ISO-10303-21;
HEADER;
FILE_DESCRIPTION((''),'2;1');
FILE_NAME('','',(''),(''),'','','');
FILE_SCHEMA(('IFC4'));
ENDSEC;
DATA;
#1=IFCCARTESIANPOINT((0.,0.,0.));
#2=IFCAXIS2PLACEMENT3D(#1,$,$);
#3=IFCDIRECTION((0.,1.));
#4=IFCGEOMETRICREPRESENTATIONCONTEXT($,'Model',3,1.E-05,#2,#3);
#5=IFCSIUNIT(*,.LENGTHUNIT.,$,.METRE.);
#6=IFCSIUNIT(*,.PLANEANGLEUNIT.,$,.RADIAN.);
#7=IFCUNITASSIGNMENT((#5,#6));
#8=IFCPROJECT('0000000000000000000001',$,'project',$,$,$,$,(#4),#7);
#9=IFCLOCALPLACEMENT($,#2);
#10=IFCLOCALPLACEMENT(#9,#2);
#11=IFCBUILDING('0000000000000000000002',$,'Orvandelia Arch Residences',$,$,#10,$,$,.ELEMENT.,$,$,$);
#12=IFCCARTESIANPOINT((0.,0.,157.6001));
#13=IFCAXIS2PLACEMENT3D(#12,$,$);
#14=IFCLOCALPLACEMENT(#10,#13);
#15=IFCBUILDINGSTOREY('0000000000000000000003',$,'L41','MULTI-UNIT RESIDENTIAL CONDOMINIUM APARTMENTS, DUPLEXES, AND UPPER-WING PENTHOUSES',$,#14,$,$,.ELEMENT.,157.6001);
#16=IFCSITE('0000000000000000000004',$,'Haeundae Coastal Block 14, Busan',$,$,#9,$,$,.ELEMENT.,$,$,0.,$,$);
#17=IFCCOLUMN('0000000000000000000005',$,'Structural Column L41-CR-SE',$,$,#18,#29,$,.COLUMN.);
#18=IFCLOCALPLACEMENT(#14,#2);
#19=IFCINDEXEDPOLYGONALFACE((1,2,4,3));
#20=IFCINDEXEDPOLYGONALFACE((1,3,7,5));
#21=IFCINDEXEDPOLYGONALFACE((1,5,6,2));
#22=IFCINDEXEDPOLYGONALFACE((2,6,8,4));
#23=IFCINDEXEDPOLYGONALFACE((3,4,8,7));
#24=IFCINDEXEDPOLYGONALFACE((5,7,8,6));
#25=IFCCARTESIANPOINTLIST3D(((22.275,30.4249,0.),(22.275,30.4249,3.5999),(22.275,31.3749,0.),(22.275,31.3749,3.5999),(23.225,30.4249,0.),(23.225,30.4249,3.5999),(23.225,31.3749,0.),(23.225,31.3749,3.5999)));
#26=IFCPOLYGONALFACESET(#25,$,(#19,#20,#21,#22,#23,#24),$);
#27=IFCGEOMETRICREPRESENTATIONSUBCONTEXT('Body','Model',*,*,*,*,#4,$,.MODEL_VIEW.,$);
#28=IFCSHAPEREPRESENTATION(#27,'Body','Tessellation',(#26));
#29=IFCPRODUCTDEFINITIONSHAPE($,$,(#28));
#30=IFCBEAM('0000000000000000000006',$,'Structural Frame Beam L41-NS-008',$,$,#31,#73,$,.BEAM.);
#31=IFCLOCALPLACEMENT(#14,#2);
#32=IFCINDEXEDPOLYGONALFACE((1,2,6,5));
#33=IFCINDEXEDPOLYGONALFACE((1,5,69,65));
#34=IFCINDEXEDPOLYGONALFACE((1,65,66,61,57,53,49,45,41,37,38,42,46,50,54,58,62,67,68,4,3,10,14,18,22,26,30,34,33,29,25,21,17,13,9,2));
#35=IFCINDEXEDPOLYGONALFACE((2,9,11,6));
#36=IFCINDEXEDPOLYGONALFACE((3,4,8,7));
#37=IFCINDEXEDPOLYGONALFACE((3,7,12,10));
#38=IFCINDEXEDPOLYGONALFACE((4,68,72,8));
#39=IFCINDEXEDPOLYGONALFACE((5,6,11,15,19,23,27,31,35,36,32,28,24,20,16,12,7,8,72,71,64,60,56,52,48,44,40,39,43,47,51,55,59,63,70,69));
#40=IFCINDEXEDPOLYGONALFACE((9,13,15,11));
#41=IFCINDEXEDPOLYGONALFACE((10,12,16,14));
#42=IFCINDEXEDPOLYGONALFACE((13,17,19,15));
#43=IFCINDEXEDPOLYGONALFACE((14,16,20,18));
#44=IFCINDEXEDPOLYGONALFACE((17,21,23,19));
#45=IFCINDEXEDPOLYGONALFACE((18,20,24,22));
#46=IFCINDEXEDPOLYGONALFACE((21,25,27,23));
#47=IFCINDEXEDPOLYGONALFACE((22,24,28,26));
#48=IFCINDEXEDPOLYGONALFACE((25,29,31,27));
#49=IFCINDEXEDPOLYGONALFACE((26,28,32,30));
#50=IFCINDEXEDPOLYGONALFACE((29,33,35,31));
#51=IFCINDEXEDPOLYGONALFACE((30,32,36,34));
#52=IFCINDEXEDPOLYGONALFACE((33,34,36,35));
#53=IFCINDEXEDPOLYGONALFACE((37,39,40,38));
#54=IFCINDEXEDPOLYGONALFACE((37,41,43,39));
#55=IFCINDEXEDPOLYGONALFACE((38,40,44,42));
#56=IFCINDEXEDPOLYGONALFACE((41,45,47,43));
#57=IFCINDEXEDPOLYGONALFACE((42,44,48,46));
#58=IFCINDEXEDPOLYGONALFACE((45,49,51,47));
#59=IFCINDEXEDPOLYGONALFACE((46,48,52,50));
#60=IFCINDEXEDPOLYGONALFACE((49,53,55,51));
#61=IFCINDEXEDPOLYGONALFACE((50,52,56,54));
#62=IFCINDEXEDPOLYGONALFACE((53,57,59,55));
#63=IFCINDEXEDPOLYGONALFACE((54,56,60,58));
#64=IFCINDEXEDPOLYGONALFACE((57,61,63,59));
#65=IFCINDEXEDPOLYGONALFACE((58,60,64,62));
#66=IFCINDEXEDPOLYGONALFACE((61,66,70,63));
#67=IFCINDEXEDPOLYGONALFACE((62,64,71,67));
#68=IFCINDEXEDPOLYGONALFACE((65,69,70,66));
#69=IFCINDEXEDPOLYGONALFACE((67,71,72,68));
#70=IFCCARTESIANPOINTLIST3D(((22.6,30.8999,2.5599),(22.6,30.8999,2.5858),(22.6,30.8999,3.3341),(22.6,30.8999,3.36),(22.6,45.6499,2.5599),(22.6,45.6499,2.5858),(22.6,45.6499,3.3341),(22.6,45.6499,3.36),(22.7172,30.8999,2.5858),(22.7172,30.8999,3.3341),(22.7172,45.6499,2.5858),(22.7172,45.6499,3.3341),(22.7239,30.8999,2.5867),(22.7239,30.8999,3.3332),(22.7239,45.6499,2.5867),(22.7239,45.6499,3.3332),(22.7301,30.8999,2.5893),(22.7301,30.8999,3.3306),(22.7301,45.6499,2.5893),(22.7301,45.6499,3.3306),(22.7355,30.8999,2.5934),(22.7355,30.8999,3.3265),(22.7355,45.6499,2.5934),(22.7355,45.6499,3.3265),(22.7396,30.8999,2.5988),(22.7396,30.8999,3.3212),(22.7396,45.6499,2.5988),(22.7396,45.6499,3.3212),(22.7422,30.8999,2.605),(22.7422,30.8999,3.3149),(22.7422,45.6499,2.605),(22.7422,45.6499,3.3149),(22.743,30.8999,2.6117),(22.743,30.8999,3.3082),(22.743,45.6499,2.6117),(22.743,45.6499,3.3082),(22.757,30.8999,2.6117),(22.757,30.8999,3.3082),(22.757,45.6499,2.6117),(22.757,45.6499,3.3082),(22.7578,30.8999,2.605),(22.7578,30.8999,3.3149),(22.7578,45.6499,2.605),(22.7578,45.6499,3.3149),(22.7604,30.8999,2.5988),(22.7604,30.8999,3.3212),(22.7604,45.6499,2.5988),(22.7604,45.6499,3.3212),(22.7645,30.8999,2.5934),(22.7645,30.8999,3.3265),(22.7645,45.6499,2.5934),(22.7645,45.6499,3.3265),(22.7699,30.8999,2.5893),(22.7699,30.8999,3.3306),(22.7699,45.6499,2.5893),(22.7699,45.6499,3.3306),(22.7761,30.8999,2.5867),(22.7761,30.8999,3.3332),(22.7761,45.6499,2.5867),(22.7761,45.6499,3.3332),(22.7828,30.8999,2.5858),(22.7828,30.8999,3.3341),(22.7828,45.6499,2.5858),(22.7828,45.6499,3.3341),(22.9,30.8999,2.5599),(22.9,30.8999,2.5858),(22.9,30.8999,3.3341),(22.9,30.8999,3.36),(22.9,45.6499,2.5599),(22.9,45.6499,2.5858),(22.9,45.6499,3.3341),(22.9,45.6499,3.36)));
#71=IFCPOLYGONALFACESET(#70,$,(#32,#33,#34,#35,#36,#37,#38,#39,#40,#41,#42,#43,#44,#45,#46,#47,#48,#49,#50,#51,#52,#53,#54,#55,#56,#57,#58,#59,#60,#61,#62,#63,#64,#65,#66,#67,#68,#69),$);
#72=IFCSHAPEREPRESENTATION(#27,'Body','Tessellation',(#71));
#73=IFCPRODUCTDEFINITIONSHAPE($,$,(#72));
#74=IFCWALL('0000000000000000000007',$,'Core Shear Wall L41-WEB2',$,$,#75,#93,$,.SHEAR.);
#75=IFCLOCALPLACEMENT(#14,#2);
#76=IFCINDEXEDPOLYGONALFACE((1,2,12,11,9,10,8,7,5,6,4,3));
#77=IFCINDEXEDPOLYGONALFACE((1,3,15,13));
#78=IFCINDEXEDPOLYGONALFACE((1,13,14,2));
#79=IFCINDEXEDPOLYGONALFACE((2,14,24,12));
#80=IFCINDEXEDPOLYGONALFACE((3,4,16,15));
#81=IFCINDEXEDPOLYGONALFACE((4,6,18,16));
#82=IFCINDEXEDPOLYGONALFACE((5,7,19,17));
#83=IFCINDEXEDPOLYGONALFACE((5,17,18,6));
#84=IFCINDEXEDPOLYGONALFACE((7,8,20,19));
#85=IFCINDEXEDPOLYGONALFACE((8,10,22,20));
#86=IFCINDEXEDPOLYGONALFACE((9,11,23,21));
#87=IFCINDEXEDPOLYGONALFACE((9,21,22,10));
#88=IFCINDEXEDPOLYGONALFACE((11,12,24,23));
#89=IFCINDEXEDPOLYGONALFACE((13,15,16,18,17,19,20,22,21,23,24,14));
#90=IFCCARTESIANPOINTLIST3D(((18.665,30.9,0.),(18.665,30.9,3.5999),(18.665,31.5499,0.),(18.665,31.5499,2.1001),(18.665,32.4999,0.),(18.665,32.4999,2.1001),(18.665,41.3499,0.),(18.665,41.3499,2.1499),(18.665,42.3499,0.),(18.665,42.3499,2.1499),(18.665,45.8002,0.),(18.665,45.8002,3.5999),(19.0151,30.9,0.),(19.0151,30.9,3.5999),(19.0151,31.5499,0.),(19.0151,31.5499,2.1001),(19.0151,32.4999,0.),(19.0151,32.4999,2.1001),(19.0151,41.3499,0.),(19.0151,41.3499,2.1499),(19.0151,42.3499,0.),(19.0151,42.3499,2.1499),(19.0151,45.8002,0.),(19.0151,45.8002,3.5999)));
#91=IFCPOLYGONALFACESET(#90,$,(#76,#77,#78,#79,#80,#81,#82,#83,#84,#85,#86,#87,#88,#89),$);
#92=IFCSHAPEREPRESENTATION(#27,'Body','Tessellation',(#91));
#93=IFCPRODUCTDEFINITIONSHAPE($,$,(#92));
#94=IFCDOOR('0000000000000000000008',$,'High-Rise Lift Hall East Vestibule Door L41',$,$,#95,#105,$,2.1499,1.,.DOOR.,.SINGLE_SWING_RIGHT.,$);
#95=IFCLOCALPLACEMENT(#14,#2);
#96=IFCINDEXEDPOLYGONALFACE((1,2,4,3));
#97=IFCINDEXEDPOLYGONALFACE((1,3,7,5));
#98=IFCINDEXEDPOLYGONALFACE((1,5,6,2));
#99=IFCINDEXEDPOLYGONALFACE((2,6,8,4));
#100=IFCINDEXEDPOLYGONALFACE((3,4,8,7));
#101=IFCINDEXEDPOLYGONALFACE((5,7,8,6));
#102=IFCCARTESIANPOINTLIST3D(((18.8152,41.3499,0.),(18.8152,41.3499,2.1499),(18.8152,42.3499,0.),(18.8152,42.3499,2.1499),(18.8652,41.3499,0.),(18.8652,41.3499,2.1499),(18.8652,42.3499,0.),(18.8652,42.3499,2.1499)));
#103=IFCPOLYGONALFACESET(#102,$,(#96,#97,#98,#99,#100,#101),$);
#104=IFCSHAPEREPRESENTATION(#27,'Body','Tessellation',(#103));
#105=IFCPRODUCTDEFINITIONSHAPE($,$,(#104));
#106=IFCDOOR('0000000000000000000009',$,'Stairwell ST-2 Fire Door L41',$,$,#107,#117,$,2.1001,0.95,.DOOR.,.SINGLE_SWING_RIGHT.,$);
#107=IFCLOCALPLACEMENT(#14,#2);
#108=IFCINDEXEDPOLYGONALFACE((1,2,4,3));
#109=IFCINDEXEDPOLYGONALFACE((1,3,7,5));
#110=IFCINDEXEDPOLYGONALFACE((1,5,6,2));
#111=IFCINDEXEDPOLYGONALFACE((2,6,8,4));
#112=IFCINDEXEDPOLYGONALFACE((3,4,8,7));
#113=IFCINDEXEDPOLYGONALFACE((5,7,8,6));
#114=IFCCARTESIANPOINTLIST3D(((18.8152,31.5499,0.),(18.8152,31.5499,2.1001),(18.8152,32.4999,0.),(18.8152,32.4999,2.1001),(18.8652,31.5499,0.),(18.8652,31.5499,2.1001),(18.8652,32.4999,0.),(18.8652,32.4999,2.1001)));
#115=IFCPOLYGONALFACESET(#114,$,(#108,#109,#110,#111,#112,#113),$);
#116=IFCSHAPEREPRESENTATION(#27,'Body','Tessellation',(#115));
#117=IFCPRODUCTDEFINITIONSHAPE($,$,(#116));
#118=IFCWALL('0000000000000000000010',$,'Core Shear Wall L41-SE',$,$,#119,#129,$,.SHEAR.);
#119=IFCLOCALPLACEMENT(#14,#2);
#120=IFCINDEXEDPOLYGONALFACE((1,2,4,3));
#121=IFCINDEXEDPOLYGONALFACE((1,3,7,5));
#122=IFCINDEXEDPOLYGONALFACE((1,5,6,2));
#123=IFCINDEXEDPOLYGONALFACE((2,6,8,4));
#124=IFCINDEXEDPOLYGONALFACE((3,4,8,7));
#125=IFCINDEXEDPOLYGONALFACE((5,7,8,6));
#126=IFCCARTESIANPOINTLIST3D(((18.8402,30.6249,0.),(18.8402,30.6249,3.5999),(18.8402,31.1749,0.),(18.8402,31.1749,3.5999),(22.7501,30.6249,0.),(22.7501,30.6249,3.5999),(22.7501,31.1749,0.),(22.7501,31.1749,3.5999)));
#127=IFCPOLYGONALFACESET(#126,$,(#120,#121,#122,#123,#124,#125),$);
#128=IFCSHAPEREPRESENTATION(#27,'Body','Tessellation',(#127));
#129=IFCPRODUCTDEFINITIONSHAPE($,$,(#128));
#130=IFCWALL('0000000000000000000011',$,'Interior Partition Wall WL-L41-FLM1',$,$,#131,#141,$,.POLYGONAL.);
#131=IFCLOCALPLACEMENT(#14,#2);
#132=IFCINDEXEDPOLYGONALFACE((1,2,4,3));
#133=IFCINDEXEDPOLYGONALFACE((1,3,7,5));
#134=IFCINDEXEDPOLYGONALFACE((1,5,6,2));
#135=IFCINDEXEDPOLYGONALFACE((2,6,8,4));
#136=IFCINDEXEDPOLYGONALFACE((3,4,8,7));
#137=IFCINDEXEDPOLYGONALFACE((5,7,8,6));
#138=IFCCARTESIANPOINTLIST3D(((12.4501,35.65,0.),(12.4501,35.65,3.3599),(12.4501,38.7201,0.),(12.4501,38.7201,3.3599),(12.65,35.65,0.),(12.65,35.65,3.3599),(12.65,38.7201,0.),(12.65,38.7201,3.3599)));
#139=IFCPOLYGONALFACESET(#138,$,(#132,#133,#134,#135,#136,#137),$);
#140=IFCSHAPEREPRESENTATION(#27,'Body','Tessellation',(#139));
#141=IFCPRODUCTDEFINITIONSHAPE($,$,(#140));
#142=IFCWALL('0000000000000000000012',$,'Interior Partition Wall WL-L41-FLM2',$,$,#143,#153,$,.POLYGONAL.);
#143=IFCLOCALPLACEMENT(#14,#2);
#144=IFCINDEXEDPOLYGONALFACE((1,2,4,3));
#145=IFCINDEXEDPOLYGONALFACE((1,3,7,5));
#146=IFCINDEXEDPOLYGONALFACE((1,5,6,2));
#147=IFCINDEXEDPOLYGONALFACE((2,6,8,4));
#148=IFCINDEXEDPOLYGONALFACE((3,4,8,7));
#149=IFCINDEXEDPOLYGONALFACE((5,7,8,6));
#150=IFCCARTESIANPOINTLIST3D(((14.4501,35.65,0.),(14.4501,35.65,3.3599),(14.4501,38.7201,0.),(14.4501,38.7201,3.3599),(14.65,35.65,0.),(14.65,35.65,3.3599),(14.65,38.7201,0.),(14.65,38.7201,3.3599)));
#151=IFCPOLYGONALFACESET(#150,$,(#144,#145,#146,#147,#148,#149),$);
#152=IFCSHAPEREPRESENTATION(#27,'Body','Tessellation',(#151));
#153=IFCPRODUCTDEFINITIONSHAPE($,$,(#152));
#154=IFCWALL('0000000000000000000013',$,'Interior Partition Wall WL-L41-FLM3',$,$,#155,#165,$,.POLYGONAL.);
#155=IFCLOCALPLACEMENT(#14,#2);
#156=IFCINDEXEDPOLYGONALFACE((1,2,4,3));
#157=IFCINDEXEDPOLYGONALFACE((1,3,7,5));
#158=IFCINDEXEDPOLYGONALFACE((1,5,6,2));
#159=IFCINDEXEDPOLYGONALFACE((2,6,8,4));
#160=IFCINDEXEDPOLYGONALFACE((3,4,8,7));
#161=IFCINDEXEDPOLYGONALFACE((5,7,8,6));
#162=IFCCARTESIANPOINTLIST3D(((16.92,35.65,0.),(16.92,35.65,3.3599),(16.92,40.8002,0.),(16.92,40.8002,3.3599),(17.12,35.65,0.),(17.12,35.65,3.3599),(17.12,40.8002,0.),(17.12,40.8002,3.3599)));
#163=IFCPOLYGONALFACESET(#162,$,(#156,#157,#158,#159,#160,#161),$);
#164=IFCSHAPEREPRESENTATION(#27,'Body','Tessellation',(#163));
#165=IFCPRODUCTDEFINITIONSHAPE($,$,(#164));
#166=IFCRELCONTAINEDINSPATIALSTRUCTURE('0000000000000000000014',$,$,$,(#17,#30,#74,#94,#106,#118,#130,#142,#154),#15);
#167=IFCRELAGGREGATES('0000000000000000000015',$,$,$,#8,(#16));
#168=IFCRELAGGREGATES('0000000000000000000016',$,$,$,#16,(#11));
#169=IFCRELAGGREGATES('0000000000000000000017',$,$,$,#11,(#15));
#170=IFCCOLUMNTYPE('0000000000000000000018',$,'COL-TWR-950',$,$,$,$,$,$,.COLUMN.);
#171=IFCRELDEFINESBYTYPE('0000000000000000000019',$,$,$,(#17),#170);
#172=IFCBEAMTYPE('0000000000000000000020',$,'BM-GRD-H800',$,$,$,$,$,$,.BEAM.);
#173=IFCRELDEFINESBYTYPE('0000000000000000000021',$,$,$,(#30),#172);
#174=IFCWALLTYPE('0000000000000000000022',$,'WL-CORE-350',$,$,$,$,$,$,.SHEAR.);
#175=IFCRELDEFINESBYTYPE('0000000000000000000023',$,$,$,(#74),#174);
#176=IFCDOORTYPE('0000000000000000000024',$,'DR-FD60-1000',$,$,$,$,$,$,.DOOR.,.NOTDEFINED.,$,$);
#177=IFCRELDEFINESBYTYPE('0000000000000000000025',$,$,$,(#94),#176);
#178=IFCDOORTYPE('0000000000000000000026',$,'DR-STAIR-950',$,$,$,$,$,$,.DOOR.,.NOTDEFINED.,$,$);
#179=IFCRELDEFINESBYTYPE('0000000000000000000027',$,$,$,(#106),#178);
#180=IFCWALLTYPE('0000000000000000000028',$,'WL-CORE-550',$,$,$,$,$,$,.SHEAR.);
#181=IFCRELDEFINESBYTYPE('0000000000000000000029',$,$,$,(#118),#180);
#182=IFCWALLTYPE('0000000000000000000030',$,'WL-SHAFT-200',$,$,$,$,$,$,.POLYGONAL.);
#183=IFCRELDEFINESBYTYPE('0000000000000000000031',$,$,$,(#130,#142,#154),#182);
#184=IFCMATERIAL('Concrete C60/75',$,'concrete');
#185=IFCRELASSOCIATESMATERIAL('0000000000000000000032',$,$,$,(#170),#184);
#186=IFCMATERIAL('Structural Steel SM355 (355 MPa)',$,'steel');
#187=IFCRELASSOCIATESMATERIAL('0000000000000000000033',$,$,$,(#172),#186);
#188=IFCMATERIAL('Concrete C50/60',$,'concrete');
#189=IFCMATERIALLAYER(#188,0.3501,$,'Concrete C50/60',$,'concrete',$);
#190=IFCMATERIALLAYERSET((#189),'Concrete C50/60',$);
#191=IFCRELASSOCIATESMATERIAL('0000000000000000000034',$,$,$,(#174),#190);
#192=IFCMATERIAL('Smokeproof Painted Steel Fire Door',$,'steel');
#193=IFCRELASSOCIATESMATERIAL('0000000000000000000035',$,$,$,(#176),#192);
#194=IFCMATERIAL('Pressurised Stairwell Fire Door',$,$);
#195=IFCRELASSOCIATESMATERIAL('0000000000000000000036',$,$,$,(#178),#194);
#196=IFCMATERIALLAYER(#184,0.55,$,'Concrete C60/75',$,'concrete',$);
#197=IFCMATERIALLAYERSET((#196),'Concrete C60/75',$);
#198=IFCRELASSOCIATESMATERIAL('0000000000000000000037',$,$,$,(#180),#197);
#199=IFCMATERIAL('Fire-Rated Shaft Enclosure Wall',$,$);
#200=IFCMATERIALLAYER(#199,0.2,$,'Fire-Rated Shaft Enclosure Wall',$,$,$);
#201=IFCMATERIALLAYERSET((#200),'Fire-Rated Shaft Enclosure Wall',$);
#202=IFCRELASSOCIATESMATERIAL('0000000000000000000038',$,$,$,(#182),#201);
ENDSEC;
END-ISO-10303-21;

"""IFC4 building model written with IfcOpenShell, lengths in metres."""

from ifc_helpers import new_model, si_unit, direction, frame, frame_2d, origin, origin_2d, place, context, subcontext, project, spatial, rectangle, i_section, extrude, material, layer, layer_set, material_profile, profile_set, type_object, element, fill, save


model = new_model("IFC4")

# Units and contexts
model_context = context("Model", 3, precision=1e-05, world=origin(), true_north=direction((0.0, 1.0)))
body_context = subcontext(model_context, "Body", "Model", "MODEL_VIEW")
ifc_project = project(units=[si_unit("LENGTHUNIT", "METRE"), si_unit("PLANEANGLEUNIT", "RADIAN")], contexts=[model_context])

# Site, building, storey
site_placement = place(None, origin())
site = spatial("IfcSite", under=ifc_project, at=site_placement, Name="Haeundae Coastal Block 14, Busan", CompositionType="ELEMENT", RefElevation=0.0)
building_placement = place(site_placement, origin())
building = spatial("IfcBuilding", under=site, at=building_placement, Name="Orvandelia Arch Residences", CompositionType="ELEMENT")
storey_placement = place(building_placement, frame((0.0, 0.0, 157.6001)))
storey = spatial("IfcBuildingStorey", under=building, at=storey_placement, Name="L41", Description="MULTI-UNIT RESIDENTIAL CONDOMINIUM APARTMENTS, DUPLEXES, AND UPPER-WING PENTHOUSES", CompositionType="ELEMENT", Elevation=157.6001)

# Column
ifc_material_1 = material(Name="Concrete C60/75", Category="concrete")
ifc_material_profile_1 = material_profile(ifc_material_1, rectangle(XDim=0.95, YDim=0.95, at=origin_2d()), Name="Concrete C60/75", Category="concrete")
ifc_profile_set_1 = profile_set([ifc_material_profile_1], Name="Concrete C60/75")
column_type = type_object("IfcColumnType", Name="COL-TWR-950", PredefinedType="COLUMN", material=ifc_profile_set_1)
column_placement = place(storey_placement, frame((22.75, 30.8999, 0.0), z_axis=(0.0, 0.0, 1.0), x_axis=(1.0, 0.0, 0.0)))
element("IfcColumn", 1, at=column_placement, inside=storey, type_object=column_type, Name="Structural Column L41-CR-SE", PredefinedType="COLUMN", context=body_context, shape_type="SweptSolid", body=[
    extrude(rectangle(XDim=0.95, YDim=0.95, at=origin_2d()), origin(), (0.0, 0.0, 1.0), 3.5999),
])

# Beam
ifc_material_2 = material(Name="Structural Steel SM355 (355 MPa)", Category="steel")
ifc_material_profile_2 = material_profile(ifc_material_2, i_section(OverallWidth=0.3, OverallDepth=0.8, WebThickness=0.0139, FlangeThickness=0.0259, FilletRadius=0.0259, at=origin_2d()), Name="Structural Steel SM355 (355 MPa)", Category="steel")
ifc_profile_set_2 = profile_set([ifc_material_profile_2], Name="Structural Steel SM355 (355 MPa)")
beam_type = type_object("IfcBeamType", Name="BM-GRD-H800", PredefinedType="BEAM", material=ifc_profile_set_2)
beam_placement = place(storey_placement, frame((22.75, 30.8999, 2.96), z_axis=(0.0, 1.0, 0.0), x_axis=(-1.0, 0.0, 0.0)))
element("IfcBeam", 2, at=beam_placement, inside=storey, type_object=beam_type, Name="Structural Frame Beam L41-NS-008", PredefinedType="BEAM", context=body_context, shape_type="SweptSolid", body=[
    extrude(i_section(OverallWidth=0.3, OverallDepth=0.8, WebThickness=0.0139, FlangeThickness=0.0259, FilletRadius=0.0259, at=origin_2d()), origin(), (0.0, 0.0, 1.0), 14.75),
])

# Wall, openings, doors
ifc_material_3 = material(Name="Concrete C50/60", Category="concrete")
ifc_layer_1 = layer(ifc_material_3, 0.3501, Name="Concrete C50/60", Category="concrete")
ifc_layer_set_1 = layer_set([ifc_layer_1], Name="Concrete C50/60")
wall_type_1 = type_object("IfcWallType", Name="WL-CORE-350", PredefinedType="SHEAR", material=ifc_layer_set_1)
wall_1_placement = place(storey_placement, frame((18.8401, 30.8999, 0.0), z_axis=(0.0, 0.0, 1.0), x_axis=(0.0, 1.0, 0.0)))
wall_1 = element("IfcWall", 3, at=wall_1_placement, inside=storey, type_object=wall_type_1, Name="Core Shear Wall L41-WEB2", PredefinedType="SHEAR", context=body_context, shape_type="SweptSolid", body=[
    extrude(rectangle(XDim=14.9001, YDim=0.3501, at=frame_2d((7.4502, 0.0))), origin(), (0.0, 0.0, 1.0), 3.5999),
])
opening_1_placement = place(wall_1_placement, frame((0.6499, 0.0, 0.0)))
opening_1 = element("IfcOpeningElement", 4, at=opening_1_placement, cuts=wall_1, PredefinedType="OPENING", context=body_context, shape_type="SweptSolid", body=[
    extrude(rectangle(XDim=0.95, YDim=2.1001, at=frame_2d((0.4751, 1.05))), frame((0.0, 0.1851, 0.0), z_axis=(0.0, -1.0, 0.0), x_axis=(1.0, 0.0, 0.0)), (0.0, 0.0, 1.0), 0.3701),
])
opening_2_placement = place(wall_1_placement, frame((10.45, 0.0, 0.0)))
opening_2 = element("IfcOpeningElement", 5, at=opening_2_placement, cuts=wall_1, PredefinedType="OPENING", context=body_context, shape_type="SweptSolid", body=[
    extrude(rectangle(XDim=1.0, YDim=2.1499, at=frame_2d((0.5, 1.075))), frame((0.0, 0.1851, 0.0), z_axis=(0.0, -1.0, 0.0), x_axis=(1.0, 0.0, 0.0)), (0.0, 0.0, 1.0), 0.3701),
])
ifc_material_4 = material(Name="Smokeproof Painted Steel Fire Door", Category="steel")
door_type_1 = type_object("IfcDoorType", Name="DR-FD60-1000", OperationType="NOTDEFINED", PredefinedType="DOOR", material=ifc_material_4)
door_1_placement = place(opening_2_placement, origin())
door_1 = element("IfcDoor", 6, at=door_1_placement, inside=storey, type_object=door_type_1, Name="High-Rise Lift Hall East Vestibule Door L41", OperationType="SINGLE_SWING_RIGHT", OverallHeight=2.1499, OverallWidth=1.0, PredefinedType="DOOR", context=body_context, shape_type="SweptSolid", body=[
    extrude(rectangle(XDim=1.0, YDim=2.1499, at=frame_2d((0.5, 1.075))), frame((0.0, 0.0249, 0.0), z_axis=(0.0, -1.0, 0.0), x_axis=(1.0, 0.0, 0.0)), (0.0, 0.0, 1.0), 0.05),
])
fill(opening_2, door_1)
ifc_material_5 = material(Name="Pressurised Stairwell Fire Door")
door_type_2 = type_object("IfcDoorType", Name="DR-STAIR-950", OperationType="NOTDEFINED", PredefinedType="DOOR", material=ifc_material_5)
door_2_placement = place(opening_1_placement, origin())
door_2 = element("IfcDoor", 7, at=door_2_placement, inside=storey, type_object=door_type_2, Name="Stairwell ST-2 Fire Door L41", OperationType="SINGLE_SWING_RIGHT", OverallHeight=2.1001, OverallWidth=0.95, PredefinedType="DOOR", context=body_context, shape_type="SweptSolid", body=[
    extrude(rectangle(XDim=0.95, YDim=2.1001, at=frame_2d((0.4751, 1.05))), frame((0.0, 0.0249, 0.0), z_axis=(0.0, -1.0, 0.0), x_axis=(1.0, 0.0, 0.0)), (0.0, 0.0, 1.0), 0.05),
])
fill(opening_1, door_2)

# Walls
ifc_layer_2 = layer(ifc_material_1, 0.55, Name="Concrete C60/75", Category="concrete")
ifc_layer_set_2 = layer_set([ifc_layer_2], Name="Concrete C60/75")
wall_type_2 = type_object("IfcWallType", Name="WL-CORE-550", PredefinedType="SHEAR", material=ifc_layer_set_2)
wall_2_placement = place(storey_placement, frame((18.8401, 30.8999, 0.0), z_axis=(0.0, 0.0, 1.0), x_axis=(1.0, 0.0, 0.0)))
element("IfcWall", 8, at=wall_2_placement, inside=storey, type_object=wall_type_2, Name="Core Shear Wall L41-SE", PredefinedType="SHEAR", context=body_context, shape_type="SweptSolid", body=[
    extrude(rectangle(XDim=3.9099, YDim=0.55, at=frame_2d((1.9551, 0.0))), origin(), (0.0, 0.0, 1.0), 3.5999),
])
ifc_material_6 = material(Name="Fire-Rated Shaft Enclosure Wall")
ifc_layer_3 = layer(ifc_material_6, 0.2, Name="Fire-Rated Shaft Enclosure Wall")
ifc_layer_set_3 = layer_set([ifc_layer_3], Name="Fire-Rated Shaft Enclosure Wall")
wall_type_3 = type_object("IfcWallType", Name="WL-SHAFT-200", PredefinedType="POLYGONAL", material=ifc_layer_set_3)
for number, where, z_axis, x_axis, name in (
    (9, (12.55, 35.6499, 0.0), (0.0, 0.0, 1.0), (0.0, 1.0, 0.0), "Interior Partition Wall WL-L41-FLM1"),
    (10, (14.55, 35.6499, 0.0), (0.0, 0.0, 1.0), (0.0, 1.0, 0.0), "Interior Partition Wall WL-L41-FLM2"),
):
    element("IfcWall", number, at=place(storey_placement, frame(where, z_axis=z_axis, x_axis=x_axis)), inside=storey, type_object=wall_type_3, Name=name, PredefinedType="POLYGONAL", context=body_context, shape_type="SweptSolid", body=[
        extrude(rectangle(XDim=3.0701, YDim=0.2, at=frame_2d((1.5352, 0.0))), origin(), (0.0, 0.0, 1.0), 3.3599),
    ])
wall_3_placement = place(storey_placement, frame((17.02, 35.6499, 0.0), z_axis=(0.0, 0.0, 1.0), x_axis=(0.0, 1.0, 0.0)))
element("IfcWall", 11, at=wall_3_placement, inside=storey, type_object=wall_type_3, Name="Interior Partition Wall WL-L41-FLM3", PredefinedType="POLYGONAL", context=body_context, shape_type="SweptSolid", body=[
    extrude(rectangle(XDim=5.1501, YDim=0.2, at=frame_2d((2.5752, 0.0))), origin(), (0.0, 0.0, 1.0), 3.3599),
])

save(model, "model.ifc")
